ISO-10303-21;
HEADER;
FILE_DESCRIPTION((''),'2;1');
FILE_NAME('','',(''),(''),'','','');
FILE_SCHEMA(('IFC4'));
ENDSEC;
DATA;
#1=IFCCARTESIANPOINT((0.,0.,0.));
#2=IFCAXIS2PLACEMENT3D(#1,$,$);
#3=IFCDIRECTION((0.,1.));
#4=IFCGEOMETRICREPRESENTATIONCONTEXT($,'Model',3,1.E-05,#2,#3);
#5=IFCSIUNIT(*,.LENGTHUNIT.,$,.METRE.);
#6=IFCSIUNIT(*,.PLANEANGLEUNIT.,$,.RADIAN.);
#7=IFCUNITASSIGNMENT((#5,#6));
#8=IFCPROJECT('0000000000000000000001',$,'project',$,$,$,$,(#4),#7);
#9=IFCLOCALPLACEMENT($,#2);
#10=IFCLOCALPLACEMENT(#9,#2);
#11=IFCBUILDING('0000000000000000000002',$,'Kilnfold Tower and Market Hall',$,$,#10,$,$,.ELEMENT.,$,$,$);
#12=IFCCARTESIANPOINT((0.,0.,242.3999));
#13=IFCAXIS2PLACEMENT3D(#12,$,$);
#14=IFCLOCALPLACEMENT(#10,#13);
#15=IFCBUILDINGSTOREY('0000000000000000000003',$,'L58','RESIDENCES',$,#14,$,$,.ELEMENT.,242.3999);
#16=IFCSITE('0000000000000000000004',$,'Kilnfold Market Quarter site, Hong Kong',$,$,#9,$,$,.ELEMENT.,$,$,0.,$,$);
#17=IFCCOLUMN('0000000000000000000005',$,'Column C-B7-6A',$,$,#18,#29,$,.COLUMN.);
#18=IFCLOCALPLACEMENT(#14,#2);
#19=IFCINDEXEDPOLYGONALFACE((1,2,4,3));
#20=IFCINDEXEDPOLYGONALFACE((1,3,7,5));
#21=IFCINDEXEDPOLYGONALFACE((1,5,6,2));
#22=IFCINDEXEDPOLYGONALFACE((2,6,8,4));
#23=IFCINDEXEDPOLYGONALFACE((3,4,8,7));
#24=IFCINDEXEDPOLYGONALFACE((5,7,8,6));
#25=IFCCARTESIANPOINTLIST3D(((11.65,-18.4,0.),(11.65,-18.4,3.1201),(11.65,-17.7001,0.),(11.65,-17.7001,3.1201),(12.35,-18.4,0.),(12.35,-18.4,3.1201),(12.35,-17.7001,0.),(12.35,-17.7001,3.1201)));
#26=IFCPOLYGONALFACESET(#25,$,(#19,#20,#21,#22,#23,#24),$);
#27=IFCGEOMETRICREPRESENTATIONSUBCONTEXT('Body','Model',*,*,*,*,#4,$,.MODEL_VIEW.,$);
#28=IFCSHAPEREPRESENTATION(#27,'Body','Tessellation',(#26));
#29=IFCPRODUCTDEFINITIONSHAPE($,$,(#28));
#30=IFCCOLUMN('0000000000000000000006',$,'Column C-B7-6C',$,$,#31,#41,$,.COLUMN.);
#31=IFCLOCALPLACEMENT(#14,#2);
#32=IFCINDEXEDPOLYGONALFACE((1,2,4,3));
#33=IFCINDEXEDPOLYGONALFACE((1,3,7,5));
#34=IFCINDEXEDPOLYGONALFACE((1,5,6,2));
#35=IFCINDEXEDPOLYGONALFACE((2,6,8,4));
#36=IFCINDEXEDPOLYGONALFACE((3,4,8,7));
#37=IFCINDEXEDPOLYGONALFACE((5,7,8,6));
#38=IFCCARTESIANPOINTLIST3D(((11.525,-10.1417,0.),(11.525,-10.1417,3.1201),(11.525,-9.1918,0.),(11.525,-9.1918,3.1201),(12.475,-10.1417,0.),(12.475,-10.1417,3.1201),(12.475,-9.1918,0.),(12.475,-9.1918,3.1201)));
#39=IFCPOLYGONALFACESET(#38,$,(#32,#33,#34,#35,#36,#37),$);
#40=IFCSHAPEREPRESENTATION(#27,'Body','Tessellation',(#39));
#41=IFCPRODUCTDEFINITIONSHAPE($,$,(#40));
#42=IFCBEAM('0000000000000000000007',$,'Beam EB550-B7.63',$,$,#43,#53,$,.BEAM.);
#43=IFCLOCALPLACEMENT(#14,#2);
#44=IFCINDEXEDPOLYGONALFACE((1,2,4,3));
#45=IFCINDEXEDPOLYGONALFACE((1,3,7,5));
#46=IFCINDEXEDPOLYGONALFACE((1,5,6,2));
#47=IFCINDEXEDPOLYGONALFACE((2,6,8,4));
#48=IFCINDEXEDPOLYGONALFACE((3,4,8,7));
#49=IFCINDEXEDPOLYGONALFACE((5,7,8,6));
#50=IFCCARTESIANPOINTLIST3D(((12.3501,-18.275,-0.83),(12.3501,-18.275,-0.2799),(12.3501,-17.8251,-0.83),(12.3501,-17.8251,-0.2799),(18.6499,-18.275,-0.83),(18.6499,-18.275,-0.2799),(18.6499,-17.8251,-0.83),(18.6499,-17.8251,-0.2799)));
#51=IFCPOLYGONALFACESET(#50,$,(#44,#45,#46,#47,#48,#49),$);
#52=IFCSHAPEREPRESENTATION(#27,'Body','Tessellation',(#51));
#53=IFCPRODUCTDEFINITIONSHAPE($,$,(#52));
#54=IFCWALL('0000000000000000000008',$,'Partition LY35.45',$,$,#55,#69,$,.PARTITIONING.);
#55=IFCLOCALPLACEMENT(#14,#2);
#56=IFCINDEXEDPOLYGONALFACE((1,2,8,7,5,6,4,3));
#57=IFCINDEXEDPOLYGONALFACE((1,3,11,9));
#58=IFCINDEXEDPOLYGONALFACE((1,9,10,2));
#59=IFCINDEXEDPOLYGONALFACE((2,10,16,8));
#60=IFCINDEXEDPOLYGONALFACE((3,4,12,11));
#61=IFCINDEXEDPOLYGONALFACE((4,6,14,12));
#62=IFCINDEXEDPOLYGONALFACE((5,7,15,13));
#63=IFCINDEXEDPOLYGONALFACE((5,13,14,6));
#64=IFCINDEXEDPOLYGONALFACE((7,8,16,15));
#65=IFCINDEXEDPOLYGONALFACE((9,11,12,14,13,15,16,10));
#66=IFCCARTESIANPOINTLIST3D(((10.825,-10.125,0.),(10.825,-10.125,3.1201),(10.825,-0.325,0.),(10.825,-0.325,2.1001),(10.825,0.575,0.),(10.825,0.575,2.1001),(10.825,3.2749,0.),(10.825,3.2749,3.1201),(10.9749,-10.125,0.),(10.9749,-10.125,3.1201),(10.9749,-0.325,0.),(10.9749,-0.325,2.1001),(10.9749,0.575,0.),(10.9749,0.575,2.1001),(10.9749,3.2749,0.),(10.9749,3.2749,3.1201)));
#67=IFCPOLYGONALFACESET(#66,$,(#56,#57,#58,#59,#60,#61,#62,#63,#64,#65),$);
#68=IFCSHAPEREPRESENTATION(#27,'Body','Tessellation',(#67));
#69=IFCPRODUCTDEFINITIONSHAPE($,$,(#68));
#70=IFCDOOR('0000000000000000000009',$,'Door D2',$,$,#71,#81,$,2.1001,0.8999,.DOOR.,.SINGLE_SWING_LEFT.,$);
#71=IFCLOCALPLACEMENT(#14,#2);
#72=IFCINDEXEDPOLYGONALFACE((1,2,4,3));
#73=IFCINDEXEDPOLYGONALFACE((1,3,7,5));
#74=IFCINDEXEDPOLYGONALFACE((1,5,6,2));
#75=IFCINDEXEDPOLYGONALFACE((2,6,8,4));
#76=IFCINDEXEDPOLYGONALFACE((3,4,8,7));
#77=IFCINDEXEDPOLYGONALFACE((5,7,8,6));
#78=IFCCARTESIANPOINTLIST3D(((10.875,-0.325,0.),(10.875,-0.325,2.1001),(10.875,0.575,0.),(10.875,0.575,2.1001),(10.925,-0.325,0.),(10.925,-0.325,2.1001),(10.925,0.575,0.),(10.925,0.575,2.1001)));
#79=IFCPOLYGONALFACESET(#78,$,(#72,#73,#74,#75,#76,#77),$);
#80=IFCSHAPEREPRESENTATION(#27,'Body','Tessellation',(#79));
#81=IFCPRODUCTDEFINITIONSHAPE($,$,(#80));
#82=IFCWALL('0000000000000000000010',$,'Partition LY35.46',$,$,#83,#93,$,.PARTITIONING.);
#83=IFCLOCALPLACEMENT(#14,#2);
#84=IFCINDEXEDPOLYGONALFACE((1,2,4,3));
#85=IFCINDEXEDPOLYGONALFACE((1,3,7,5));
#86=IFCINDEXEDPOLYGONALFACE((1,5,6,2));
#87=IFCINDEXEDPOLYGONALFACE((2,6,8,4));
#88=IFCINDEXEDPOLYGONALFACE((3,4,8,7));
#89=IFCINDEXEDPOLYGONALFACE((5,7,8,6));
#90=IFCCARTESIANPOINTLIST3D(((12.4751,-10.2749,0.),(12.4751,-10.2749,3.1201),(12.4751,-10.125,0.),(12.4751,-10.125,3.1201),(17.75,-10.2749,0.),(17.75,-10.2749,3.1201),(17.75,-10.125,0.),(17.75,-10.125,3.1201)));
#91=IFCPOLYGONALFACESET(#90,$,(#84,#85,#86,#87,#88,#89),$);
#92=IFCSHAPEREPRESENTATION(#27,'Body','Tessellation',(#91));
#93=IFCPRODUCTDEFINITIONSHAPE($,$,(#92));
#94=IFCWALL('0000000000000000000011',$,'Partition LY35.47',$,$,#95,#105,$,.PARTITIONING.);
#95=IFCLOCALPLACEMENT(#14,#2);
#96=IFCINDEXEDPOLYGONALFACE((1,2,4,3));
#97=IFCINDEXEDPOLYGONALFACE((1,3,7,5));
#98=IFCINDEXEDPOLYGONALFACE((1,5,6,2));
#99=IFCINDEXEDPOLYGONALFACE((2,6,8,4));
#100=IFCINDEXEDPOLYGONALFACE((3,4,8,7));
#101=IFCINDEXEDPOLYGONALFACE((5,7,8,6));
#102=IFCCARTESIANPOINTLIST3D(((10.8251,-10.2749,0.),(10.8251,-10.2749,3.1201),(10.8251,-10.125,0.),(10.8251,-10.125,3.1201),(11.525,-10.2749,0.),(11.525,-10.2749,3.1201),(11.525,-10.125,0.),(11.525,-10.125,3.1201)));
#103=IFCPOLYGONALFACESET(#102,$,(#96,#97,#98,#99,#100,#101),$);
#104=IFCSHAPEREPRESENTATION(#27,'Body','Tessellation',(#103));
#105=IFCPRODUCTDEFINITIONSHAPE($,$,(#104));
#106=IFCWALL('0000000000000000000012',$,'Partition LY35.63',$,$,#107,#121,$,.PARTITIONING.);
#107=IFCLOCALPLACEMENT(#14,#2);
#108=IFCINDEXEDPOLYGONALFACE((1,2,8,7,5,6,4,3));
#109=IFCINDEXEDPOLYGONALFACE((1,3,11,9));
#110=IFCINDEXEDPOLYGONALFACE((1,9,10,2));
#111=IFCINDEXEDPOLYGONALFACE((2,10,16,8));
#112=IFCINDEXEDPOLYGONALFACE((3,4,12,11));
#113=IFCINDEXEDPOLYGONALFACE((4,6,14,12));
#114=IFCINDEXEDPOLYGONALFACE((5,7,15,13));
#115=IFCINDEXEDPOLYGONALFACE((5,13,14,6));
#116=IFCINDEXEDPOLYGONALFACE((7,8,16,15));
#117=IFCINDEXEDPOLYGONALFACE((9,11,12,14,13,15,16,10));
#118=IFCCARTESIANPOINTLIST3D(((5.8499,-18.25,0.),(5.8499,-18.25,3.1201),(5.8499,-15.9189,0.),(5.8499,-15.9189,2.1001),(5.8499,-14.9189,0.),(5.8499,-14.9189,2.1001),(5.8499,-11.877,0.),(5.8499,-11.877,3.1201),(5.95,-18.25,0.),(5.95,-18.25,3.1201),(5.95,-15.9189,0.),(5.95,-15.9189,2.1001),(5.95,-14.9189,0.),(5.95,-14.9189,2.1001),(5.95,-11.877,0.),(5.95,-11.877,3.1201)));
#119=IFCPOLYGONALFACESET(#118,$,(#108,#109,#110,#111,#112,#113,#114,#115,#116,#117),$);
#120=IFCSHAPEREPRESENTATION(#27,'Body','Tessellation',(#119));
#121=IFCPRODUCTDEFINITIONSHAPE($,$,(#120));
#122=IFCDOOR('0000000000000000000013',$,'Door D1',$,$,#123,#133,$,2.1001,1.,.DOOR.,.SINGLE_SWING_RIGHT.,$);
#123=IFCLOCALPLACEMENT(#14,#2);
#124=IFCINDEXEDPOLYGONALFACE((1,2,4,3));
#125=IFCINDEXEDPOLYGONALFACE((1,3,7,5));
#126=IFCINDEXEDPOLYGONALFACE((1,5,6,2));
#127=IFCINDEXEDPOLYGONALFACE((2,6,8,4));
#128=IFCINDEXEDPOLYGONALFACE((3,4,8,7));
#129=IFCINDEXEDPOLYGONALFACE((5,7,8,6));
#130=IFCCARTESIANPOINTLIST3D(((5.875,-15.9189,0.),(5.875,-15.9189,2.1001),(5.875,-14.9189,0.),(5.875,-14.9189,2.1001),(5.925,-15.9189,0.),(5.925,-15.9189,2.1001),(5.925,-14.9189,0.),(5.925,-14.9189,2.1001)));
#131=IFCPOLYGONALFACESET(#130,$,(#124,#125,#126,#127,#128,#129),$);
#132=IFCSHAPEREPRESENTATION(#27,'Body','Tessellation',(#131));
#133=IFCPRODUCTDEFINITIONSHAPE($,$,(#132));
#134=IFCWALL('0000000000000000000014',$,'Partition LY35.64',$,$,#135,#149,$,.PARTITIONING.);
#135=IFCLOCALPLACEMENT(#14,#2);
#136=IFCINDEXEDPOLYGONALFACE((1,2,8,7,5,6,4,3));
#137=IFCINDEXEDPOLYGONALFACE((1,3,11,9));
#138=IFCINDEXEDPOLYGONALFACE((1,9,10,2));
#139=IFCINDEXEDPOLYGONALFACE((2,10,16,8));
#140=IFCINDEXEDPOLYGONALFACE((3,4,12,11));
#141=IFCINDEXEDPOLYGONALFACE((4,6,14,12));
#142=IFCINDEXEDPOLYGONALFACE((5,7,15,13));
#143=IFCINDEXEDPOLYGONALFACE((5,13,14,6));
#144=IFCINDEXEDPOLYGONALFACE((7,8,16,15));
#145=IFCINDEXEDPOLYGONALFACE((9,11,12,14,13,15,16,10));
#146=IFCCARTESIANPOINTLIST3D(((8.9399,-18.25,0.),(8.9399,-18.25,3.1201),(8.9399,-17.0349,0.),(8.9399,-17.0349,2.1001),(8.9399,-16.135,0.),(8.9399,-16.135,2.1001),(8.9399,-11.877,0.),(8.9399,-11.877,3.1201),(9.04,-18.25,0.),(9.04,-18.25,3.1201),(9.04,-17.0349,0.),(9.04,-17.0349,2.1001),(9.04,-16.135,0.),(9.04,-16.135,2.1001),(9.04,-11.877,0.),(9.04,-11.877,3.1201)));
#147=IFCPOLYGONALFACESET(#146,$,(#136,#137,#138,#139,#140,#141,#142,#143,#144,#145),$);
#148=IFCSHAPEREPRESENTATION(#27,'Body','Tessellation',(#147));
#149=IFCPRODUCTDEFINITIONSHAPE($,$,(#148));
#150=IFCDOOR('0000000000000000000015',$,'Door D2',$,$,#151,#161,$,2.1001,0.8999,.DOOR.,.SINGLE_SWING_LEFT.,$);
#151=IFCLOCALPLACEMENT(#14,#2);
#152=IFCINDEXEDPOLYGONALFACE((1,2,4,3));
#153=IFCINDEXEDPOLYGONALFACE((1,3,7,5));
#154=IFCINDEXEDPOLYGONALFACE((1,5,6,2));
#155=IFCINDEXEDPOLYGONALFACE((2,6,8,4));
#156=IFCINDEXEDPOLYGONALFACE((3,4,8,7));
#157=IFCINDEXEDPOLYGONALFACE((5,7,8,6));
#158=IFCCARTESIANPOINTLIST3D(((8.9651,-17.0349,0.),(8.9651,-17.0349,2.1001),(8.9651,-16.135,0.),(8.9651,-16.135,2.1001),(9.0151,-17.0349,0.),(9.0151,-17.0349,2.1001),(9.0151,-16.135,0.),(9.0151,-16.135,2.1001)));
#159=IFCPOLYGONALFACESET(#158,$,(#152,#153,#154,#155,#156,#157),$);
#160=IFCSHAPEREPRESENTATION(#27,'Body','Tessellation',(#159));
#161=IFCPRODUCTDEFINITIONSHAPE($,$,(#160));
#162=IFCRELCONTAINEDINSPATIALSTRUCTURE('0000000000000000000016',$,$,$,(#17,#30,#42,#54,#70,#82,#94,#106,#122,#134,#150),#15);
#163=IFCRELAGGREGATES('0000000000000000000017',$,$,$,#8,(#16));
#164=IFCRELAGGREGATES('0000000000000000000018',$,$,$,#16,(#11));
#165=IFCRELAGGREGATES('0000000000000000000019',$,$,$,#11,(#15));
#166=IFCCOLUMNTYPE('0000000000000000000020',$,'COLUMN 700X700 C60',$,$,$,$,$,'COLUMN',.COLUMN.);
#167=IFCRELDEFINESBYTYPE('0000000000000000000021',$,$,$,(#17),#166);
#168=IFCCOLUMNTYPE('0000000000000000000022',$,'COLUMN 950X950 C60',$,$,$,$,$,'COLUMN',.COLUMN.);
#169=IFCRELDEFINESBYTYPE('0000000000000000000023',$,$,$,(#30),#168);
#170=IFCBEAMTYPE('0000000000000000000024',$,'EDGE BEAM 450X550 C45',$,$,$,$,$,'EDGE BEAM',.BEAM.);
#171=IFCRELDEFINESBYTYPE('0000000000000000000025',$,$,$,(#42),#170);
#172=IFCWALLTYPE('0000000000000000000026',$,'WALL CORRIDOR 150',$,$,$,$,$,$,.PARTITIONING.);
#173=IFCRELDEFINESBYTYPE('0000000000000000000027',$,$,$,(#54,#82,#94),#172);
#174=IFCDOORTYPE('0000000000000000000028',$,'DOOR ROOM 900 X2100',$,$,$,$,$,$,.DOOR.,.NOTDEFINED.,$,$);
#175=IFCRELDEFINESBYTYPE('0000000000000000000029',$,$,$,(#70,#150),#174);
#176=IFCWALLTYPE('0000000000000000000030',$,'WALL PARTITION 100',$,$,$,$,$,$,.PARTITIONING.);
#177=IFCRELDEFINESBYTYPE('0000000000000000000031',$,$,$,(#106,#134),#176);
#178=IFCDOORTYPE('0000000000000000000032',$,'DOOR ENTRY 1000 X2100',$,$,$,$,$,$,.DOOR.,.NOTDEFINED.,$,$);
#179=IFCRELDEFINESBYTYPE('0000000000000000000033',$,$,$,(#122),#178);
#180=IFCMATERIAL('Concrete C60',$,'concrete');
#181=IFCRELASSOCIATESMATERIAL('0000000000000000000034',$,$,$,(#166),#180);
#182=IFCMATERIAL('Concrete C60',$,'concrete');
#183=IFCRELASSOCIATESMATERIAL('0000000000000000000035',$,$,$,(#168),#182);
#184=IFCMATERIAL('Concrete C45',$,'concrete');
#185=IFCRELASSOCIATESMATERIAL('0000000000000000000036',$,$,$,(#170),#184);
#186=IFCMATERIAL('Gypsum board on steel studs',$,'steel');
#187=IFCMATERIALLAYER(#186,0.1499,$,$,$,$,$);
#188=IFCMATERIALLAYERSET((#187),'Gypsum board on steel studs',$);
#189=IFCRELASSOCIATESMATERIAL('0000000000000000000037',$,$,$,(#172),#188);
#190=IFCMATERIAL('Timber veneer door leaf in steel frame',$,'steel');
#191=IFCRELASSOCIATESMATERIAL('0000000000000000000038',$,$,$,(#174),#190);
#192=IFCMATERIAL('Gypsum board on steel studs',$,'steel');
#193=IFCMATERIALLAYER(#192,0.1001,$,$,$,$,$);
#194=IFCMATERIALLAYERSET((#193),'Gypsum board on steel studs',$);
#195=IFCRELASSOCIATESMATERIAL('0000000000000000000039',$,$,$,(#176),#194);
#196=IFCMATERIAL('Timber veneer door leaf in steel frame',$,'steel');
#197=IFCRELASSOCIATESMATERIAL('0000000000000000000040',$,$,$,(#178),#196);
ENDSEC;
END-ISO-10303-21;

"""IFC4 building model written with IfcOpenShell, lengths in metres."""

from ifc_helpers import new_model, si_unit, direction, frame, frame_2d, origin, origin_2d, place, context, subcontext, project, spatial, rectangle, extrude, source, transform, mapped, material, layer, layer_set, material_profile, profile_set, type_object, element, fill, save


model = new_model("IFC4")

# Units and contexts
model_context = context("Model", 3, precision=1e-05, world=origin(), true_north=direction((0.0, 1.0)))
body_context = subcontext(model_context, "Body", "Model", "MODEL_VIEW")
ifc_project = project(units=[si_unit("LENGTHUNIT", "METRE"), si_unit("PLANEANGLEUNIT", "RADIAN")], contexts=[model_context])

# Site, building, storey
site_placement = place(None, origin())
site = spatial("IfcSite", under=ifc_project, at=site_placement, Name="Kilnfold Market Quarter site, Hong Kong", CompositionType="ELEMENT", RefElevation=0.0)
building_placement = place(site_placement, origin())
building = spatial("IfcBuilding", under=site, at=building_placement, Name="Kilnfold Tower and Market Hall", CompositionType="ELEMENT")
storey_placement = place(building_placement, frame((0.0, 0.0, 242.3999)))
storey = spatial("IfcBuildingStorey", under=building, at=storey_placement, Name="L58", Description="RESIDENCES", CompositionType="ELEMENT", Elevation=242.3999)

# Columns
ifc_material_1 = material(Name="Concrete C60", Category="concrete")
ifc_material_profile_1 = material_profile(ifc_material_1, rectangle(XDim=0.7, YDim=0.7, at=origin_2d()), Name="RC 700x700")
ifc_profile_set_1 = profile_set([ifc_material_profile_1], Name="Concrete C60")
column_type_1 = type_object("IfcColumnType", Name="COLUMN 700X700 C60", ElementType="COLUMN", PredefinedType="COLUMN", material=ifc_profile_set_1)
shared_shape_1 = source(origin(), body_context, "Body", "SweptSolid", [
    extrude(rectangle(XDim=0.7, YDim=0.7, at=origin_2d()), origin(), (0.0, 0.0, 1.0), 3.1201),
])
column_1_placement = place(storey_placement, frame((12.0, -18.05, 0.0), z_axis=(0.0, 0.0, 1.0), x_axis=(1.0, 0.0, 0.0)))
element("IfcColumn", 1, at=column_1_placement, inside=storey, type_object=column_type_1, Name="Column C-B7-6A", PredefinedType="COLUMN", context=body_context, shape_type="MappedRepresentation", body=[
    mapped(shared_shape_1, transform((0.0, 0.0, 0.0))),
])
ifc_material_2 = material(Name="Concrete C60", Category="concrete")
ifc_material_profile_2 = material_profile(ifc_material_2, rectangle(XDim=0.95, YDim=0.95, at=origin_2d()), Name="RC 950x950")
ifc_profile_set_2 = profile_set([ifc_material_profile_2], Name="Concrete C60")
column_type_2 = type_object("IfcColumnType", Name="COLUMN 950X950 C60", ElementType="COLUMN", PredefinedType="COLUMN", material=ifc_profile_set_2)
shared_shape_2 = source(origin(), body_context, "Body", "SweptSolid", [
    extrude(rectangle(XDim=0.95, YDim=0.95, at=origin_2d()), origin(), (0.0, 0.0, 1.0), 3.1201),
])
column_2_placement = place(storey_placement, frame((12.0, -9.6667, 0.0), z_axis=(0.0, 0.0, 1.0), x_axis=(1.0, 0.0, 0.0)))
element("IfcColumn", 2, at=column_2_placement, inside=storey, type_object=column_type_2, Name="Column C-B7-6C", PredefinedType="COLUMN", context=body_context, shape_type="MappedRepresentation", body=[
    mapped(shared_shape_2, transform((0.0, 0.0, 0.0))),
])

# Beam
ifc_material_3 = material(Name="Concrete C45", Category="concrete")
ifc_material_profile_3 = material_profile(ifc_material_3, rectangle(XDim=0.45, YDim=0.55, at=origin_2d()), Name="RC 450x550")
ifc_profile_set_3 = profile_set([ifc_material_profile_3], Name="Concrete C45")
beam_type = type_object("IfcBeamType", Name="EDGE BEAM 450X550 C45", ElementType="EDGE BEAM", PredefinedType="BEAM", material=ifc_profile_set_3)
shared_shape_3 = source(origin(), body_context, "Body", "SweptSolid", [
    extrude(rectangle(XDim=0.45, YDim=0.55, at=origin_2d()), origin(), (0.0, 0.0, 1.0), 6.2998),
])
beam_placement = place(storey_placement, frame((12.3501, -18.05, -0.5549), z_axis=(1.0, 0.0, 0.0), x_axis=(0.0, 1.0, 0.0)))
element("IfcBeam", 3, at=beam_placement, inside=storey, type_object=beam_type, Name="Beam EB550-B7.63", PredefinedType="BEAM", context=body_context, shape_type="MappedRepresentation", body=[
    mapped(shared_shape_3, transform((0.0, 0.0, 0.0))),
])

# Wall, opening, door
ifc_material_4 = material(Name="Gypsum board on steel studs", Category="steel")
ifc_layer_1 = layer(ifc_material_4, 0.1499)
ifc_layer_set_1 = layer_set([ifc_layer_1], Name="Gypsum board on steel studs")
wall_type_1 = type_object("IfcWallType", Name="WALL CORRIDOR 150", PredefinedType="PARTITIONING", material=ifc_layer_set_1)
wall_1_placement = place(storey_placement, frame((10.8999, -10.125, 0.0), z_axis=(0.0, 0.0, 1.0), x_axis=(0.0, 1.0, 0.0)))
wall_1 = element("IfcWall", 4, at=wall_1_placement, inside=storey, type_object=wall_type_1, Name="Partition LY35.45", PredefinedType="PARTITIONING", context=body_context, shape_type="SweptSolid", body=[
    extrude(rectangle(XDim=13.3999, YDim=0.1499, at=frame_2d((6.7, 0.0))), origin(), (0.0, 0.0, 1.0), 3.1201),
])
opening_1_placement = place(wall_1_placement, frame((9.8, 0.0, 0.0)))
opening_1 = element("IfcOpeningElement", 5, at=opening_1_placement, cuts=wall_1, PredefinedType="OPENING", context=body_context, shape_type="SweptSolid", body=[
    extrude(rectangle(XDim=0.8999, YDim=2.1001, at=frame_2d((0.45, 1.05))), frame((0.0, 0.085, 0.0), z_axis=(0.0, -1.0, 0.0), x_axis=(1.0, 0.0, 0.0)), (0.0, 0.0, 1.0), 0.1699),
])
ifc_material_5 = material(Name="Timber veneer door leaf in steel frame", Category="steel")
door_type_1 = type_object("IfcDoorType", Name="DOOR ROOM 900 X2100", OperationType="NOTDEFINED", PredefinedType="DOOR", material=ifc_material_5)
door_1_placement = place(opening_1_placement, origin())
door_1 = element("IfcDoor", 6, at=door_1_placement, inside=storey, type_object=door_type_1, Name="Door D2", OperationType="SINGLE_SWING_LEFT", OverallHeight=2.1001, OverallWidth=0.8999, PredefinedType="DOOR", context=body_context, shape_type="SweptSolid", body=[
    extrude(rectangle(XDim=0.8999, YDim=2.1001, at=frame_2d((0.45, 1.05))), frame((0.0, 0.0249, 0.0), z_axis=(0.0, -1.0, 0.0), x_axis=(1.0, 0.0, 0.0)), (0.0, 0.0, 1.0), 0.05),
])
fill(opening_1, door_1)

# Walls
wall_2_placement = place(storey_placement, frame((12.4751, -10.2, 0.0), z_axis=(0.0, 0.0, 1.0), x_axis=(1.0, 0.0, 0.0)))
element("IfcWall", 7, at=wall_2_placement, inside=storey, type_object=wall_type_1, Name="Partition LY35.46", PredefinedType="PARTITIONING", context=body_context, shape_type="SweptSolid", body=[
    extrude(rectangle(XDim=5.2749, YDim=0.1499, at=frame_2d((2.6375, 0.0))), origin(), (0.0, 0.0, 1.0), 3.1201),
])
wall_3_placement = place(storey_placement, frame((10.825, -10.2, 0.0), z_axis=(0.0, 0.0, 1.0), x_axis=(1.0, 0.0, 0.0)))
element("IfcWall", 8, at=wall_3_placement, inside=storey, type_object=wall_type_1, Name="Partition LY35.47", PredefinedType="PARTITIONING", context=body_context, shape_type="SweptSolid", body=[
    extrude(rectangle(XDim=0.7, YDim=0.1499, at=frame_2d((0.3501, 0.0))), origin(), (0.0, 0.0, 1.0), 3.1201),
])

# Walls, openings, doors
ifc_material_6 = material(Name="Gypsum board on steel studs", Category="steel")
ifc_layer_2 = layer(ifc_material_6, 0.1001)
ifc_layer_set_2 = layer_set([ifc_layer_2], Name="Gypsum board on steel studs")
wall_type_2 = type_object("IfcWallType", Name="WALL PARTITION 100", PredefinedType="PARTITIONING", material=ifc_layer_set_2)
wall_4_placement = place(storey_placement, frame((5.8999, -18.25, 0.0), z_axis=(0.0, 0.0, 1.0), x_axis=(0.0, 1.0, 0.0)))
wall_4 = element("IfcWall", 9, at=wall_4_placement, inside=storey, type_object=wall_type_2, Name="Partition LY35.63", PredefinedType="PARTITIONING", context=body_context, shape_type="SweptSolid", body=[
    extrude(rectangle(XDim=6.373, YDim=0.1001, at=frame_2d((3.1865, 0.0))), origin(), (0.0, 0.0, 1.0), 3.1201),
])
opening_2_placement = place(wall_4_placement, frame((2.3311, 0.0, 0.0)))
opening_2 = element("IfcOpeningElement", 10, at=opening_2_placement, cuts=wall_4, PredefinedType="OPENING", context=body_context, shape_type="SweptSolid", body=[
    extrude(rectangle(XDim=1.0, YDim=2.1001, at=frame_2d((0.5, 1.05))), frame((0.0, 0.0601, 0.0), z_axis=(0.0, -1.0, 0.0), x_axis=(1.0, 0.0, 0.0)), (0.0, 0.0, 1.0), 0.1201),
])
ifc_material_7 = material(Name="Timber veneer door leaf in steel frame", Category="steel")
door_type_2 = type_object("IfcDoorType", Name="DOOR ENTRY 1000 X2100", OperationType="NOTDEFINED", PredefinedType="DOOR", material=ifc_material_7)
door_2_placement = place(opening_2_placement, origin())
door_2 = element("IfcDoor", 11, at=door_2_placement, inside=storey, type_object=door_type_2, Name="Door D1", OperationType="SINGLE_SWING_RIGHT", OverallHeight=2.1001, OverallWidth=1.0, PredefinedType="DOOR", context=body_context, shape_type="SweptSolid", body=[
    extrude(rectangle(XDim=1.0, YDim=2.1001, at=frame_2d((0.5, 1.05))), frame((0.0, 0.0249, 0.0), z_axis=(0.0, -1.0, 0.0), x_axis=(1.0, 0.0, 0.0)), (0.0, 0.0, 1.0), 0.05),
])
fill(opening_2, door_2)
wall_5_placement = place(storey_placement, frame((8.99, -18.25, 0.0), z_axis=(0.0, 0.0, 1.0), x_axis=(0.0, 1.0, 0.0)))
wall_5 = element("IfcWall", 12, at=wall_5_placement, inside=storey, type_object=wall_type_2, Name="Partition LY35.64", PredefinedType="PARTITIONING", context=body_context, shape_type="SweptSolid", body=[
    extrude(rectangle(XDim=6.373, YDim=0.1001, at=frame_2d((3.1865, 0.0))), origin(), (0.0, 0.0, 1.0), 3.1201),
])
opening_3_placement = place(wall_5_placement, frame((1.2151, 0.0, 0.0)))
opening_3 = element("IfcOpeningElement", 13, at=opening_3_placement, cuts=wall_5, PredefinedType="OPENING", context=body_context, shape_type="SweptSolid", body=[
    extrude(rectangle(XDim=0.8999, YDim=2.1001, at=frame_2d((0.45, 1.05))), frame((0.0, 0.0601, 0.0), z_axis=(0.0, -1.0, 0.0), x_axis=(1.0, 0.0, 0.0)), (0.0, 0.0, 1.0), 0.1201),
])
door_3_placement = place(opening_3_placement, origin())
door_3 = element("IfcDoor", 14, at=door_3_placement, inside=storey, type_object=door_type_1, Name="Door D2", OperationType="SINGLE_SWING_LEFT", OverallHeight=2.1001, OverallWidth=0.8999, PredefinedType="DOOR", context=body_context, shape_type="SweptSolid", body=[
    extrude(rectangle(XDim=0.8999, YDim=2.1001, at=frame_2d((0.45, 1.05))), frame((0.0, 0.0249, 0.0), z_axis=(0.0, -1.0, 0.0), x_axis=(1.0, 0.0, 0.0)), (0.0, 0.0, 1.0), 0.05),
])
fill(opening_3, door_3)

save(model, "model.ifc")
